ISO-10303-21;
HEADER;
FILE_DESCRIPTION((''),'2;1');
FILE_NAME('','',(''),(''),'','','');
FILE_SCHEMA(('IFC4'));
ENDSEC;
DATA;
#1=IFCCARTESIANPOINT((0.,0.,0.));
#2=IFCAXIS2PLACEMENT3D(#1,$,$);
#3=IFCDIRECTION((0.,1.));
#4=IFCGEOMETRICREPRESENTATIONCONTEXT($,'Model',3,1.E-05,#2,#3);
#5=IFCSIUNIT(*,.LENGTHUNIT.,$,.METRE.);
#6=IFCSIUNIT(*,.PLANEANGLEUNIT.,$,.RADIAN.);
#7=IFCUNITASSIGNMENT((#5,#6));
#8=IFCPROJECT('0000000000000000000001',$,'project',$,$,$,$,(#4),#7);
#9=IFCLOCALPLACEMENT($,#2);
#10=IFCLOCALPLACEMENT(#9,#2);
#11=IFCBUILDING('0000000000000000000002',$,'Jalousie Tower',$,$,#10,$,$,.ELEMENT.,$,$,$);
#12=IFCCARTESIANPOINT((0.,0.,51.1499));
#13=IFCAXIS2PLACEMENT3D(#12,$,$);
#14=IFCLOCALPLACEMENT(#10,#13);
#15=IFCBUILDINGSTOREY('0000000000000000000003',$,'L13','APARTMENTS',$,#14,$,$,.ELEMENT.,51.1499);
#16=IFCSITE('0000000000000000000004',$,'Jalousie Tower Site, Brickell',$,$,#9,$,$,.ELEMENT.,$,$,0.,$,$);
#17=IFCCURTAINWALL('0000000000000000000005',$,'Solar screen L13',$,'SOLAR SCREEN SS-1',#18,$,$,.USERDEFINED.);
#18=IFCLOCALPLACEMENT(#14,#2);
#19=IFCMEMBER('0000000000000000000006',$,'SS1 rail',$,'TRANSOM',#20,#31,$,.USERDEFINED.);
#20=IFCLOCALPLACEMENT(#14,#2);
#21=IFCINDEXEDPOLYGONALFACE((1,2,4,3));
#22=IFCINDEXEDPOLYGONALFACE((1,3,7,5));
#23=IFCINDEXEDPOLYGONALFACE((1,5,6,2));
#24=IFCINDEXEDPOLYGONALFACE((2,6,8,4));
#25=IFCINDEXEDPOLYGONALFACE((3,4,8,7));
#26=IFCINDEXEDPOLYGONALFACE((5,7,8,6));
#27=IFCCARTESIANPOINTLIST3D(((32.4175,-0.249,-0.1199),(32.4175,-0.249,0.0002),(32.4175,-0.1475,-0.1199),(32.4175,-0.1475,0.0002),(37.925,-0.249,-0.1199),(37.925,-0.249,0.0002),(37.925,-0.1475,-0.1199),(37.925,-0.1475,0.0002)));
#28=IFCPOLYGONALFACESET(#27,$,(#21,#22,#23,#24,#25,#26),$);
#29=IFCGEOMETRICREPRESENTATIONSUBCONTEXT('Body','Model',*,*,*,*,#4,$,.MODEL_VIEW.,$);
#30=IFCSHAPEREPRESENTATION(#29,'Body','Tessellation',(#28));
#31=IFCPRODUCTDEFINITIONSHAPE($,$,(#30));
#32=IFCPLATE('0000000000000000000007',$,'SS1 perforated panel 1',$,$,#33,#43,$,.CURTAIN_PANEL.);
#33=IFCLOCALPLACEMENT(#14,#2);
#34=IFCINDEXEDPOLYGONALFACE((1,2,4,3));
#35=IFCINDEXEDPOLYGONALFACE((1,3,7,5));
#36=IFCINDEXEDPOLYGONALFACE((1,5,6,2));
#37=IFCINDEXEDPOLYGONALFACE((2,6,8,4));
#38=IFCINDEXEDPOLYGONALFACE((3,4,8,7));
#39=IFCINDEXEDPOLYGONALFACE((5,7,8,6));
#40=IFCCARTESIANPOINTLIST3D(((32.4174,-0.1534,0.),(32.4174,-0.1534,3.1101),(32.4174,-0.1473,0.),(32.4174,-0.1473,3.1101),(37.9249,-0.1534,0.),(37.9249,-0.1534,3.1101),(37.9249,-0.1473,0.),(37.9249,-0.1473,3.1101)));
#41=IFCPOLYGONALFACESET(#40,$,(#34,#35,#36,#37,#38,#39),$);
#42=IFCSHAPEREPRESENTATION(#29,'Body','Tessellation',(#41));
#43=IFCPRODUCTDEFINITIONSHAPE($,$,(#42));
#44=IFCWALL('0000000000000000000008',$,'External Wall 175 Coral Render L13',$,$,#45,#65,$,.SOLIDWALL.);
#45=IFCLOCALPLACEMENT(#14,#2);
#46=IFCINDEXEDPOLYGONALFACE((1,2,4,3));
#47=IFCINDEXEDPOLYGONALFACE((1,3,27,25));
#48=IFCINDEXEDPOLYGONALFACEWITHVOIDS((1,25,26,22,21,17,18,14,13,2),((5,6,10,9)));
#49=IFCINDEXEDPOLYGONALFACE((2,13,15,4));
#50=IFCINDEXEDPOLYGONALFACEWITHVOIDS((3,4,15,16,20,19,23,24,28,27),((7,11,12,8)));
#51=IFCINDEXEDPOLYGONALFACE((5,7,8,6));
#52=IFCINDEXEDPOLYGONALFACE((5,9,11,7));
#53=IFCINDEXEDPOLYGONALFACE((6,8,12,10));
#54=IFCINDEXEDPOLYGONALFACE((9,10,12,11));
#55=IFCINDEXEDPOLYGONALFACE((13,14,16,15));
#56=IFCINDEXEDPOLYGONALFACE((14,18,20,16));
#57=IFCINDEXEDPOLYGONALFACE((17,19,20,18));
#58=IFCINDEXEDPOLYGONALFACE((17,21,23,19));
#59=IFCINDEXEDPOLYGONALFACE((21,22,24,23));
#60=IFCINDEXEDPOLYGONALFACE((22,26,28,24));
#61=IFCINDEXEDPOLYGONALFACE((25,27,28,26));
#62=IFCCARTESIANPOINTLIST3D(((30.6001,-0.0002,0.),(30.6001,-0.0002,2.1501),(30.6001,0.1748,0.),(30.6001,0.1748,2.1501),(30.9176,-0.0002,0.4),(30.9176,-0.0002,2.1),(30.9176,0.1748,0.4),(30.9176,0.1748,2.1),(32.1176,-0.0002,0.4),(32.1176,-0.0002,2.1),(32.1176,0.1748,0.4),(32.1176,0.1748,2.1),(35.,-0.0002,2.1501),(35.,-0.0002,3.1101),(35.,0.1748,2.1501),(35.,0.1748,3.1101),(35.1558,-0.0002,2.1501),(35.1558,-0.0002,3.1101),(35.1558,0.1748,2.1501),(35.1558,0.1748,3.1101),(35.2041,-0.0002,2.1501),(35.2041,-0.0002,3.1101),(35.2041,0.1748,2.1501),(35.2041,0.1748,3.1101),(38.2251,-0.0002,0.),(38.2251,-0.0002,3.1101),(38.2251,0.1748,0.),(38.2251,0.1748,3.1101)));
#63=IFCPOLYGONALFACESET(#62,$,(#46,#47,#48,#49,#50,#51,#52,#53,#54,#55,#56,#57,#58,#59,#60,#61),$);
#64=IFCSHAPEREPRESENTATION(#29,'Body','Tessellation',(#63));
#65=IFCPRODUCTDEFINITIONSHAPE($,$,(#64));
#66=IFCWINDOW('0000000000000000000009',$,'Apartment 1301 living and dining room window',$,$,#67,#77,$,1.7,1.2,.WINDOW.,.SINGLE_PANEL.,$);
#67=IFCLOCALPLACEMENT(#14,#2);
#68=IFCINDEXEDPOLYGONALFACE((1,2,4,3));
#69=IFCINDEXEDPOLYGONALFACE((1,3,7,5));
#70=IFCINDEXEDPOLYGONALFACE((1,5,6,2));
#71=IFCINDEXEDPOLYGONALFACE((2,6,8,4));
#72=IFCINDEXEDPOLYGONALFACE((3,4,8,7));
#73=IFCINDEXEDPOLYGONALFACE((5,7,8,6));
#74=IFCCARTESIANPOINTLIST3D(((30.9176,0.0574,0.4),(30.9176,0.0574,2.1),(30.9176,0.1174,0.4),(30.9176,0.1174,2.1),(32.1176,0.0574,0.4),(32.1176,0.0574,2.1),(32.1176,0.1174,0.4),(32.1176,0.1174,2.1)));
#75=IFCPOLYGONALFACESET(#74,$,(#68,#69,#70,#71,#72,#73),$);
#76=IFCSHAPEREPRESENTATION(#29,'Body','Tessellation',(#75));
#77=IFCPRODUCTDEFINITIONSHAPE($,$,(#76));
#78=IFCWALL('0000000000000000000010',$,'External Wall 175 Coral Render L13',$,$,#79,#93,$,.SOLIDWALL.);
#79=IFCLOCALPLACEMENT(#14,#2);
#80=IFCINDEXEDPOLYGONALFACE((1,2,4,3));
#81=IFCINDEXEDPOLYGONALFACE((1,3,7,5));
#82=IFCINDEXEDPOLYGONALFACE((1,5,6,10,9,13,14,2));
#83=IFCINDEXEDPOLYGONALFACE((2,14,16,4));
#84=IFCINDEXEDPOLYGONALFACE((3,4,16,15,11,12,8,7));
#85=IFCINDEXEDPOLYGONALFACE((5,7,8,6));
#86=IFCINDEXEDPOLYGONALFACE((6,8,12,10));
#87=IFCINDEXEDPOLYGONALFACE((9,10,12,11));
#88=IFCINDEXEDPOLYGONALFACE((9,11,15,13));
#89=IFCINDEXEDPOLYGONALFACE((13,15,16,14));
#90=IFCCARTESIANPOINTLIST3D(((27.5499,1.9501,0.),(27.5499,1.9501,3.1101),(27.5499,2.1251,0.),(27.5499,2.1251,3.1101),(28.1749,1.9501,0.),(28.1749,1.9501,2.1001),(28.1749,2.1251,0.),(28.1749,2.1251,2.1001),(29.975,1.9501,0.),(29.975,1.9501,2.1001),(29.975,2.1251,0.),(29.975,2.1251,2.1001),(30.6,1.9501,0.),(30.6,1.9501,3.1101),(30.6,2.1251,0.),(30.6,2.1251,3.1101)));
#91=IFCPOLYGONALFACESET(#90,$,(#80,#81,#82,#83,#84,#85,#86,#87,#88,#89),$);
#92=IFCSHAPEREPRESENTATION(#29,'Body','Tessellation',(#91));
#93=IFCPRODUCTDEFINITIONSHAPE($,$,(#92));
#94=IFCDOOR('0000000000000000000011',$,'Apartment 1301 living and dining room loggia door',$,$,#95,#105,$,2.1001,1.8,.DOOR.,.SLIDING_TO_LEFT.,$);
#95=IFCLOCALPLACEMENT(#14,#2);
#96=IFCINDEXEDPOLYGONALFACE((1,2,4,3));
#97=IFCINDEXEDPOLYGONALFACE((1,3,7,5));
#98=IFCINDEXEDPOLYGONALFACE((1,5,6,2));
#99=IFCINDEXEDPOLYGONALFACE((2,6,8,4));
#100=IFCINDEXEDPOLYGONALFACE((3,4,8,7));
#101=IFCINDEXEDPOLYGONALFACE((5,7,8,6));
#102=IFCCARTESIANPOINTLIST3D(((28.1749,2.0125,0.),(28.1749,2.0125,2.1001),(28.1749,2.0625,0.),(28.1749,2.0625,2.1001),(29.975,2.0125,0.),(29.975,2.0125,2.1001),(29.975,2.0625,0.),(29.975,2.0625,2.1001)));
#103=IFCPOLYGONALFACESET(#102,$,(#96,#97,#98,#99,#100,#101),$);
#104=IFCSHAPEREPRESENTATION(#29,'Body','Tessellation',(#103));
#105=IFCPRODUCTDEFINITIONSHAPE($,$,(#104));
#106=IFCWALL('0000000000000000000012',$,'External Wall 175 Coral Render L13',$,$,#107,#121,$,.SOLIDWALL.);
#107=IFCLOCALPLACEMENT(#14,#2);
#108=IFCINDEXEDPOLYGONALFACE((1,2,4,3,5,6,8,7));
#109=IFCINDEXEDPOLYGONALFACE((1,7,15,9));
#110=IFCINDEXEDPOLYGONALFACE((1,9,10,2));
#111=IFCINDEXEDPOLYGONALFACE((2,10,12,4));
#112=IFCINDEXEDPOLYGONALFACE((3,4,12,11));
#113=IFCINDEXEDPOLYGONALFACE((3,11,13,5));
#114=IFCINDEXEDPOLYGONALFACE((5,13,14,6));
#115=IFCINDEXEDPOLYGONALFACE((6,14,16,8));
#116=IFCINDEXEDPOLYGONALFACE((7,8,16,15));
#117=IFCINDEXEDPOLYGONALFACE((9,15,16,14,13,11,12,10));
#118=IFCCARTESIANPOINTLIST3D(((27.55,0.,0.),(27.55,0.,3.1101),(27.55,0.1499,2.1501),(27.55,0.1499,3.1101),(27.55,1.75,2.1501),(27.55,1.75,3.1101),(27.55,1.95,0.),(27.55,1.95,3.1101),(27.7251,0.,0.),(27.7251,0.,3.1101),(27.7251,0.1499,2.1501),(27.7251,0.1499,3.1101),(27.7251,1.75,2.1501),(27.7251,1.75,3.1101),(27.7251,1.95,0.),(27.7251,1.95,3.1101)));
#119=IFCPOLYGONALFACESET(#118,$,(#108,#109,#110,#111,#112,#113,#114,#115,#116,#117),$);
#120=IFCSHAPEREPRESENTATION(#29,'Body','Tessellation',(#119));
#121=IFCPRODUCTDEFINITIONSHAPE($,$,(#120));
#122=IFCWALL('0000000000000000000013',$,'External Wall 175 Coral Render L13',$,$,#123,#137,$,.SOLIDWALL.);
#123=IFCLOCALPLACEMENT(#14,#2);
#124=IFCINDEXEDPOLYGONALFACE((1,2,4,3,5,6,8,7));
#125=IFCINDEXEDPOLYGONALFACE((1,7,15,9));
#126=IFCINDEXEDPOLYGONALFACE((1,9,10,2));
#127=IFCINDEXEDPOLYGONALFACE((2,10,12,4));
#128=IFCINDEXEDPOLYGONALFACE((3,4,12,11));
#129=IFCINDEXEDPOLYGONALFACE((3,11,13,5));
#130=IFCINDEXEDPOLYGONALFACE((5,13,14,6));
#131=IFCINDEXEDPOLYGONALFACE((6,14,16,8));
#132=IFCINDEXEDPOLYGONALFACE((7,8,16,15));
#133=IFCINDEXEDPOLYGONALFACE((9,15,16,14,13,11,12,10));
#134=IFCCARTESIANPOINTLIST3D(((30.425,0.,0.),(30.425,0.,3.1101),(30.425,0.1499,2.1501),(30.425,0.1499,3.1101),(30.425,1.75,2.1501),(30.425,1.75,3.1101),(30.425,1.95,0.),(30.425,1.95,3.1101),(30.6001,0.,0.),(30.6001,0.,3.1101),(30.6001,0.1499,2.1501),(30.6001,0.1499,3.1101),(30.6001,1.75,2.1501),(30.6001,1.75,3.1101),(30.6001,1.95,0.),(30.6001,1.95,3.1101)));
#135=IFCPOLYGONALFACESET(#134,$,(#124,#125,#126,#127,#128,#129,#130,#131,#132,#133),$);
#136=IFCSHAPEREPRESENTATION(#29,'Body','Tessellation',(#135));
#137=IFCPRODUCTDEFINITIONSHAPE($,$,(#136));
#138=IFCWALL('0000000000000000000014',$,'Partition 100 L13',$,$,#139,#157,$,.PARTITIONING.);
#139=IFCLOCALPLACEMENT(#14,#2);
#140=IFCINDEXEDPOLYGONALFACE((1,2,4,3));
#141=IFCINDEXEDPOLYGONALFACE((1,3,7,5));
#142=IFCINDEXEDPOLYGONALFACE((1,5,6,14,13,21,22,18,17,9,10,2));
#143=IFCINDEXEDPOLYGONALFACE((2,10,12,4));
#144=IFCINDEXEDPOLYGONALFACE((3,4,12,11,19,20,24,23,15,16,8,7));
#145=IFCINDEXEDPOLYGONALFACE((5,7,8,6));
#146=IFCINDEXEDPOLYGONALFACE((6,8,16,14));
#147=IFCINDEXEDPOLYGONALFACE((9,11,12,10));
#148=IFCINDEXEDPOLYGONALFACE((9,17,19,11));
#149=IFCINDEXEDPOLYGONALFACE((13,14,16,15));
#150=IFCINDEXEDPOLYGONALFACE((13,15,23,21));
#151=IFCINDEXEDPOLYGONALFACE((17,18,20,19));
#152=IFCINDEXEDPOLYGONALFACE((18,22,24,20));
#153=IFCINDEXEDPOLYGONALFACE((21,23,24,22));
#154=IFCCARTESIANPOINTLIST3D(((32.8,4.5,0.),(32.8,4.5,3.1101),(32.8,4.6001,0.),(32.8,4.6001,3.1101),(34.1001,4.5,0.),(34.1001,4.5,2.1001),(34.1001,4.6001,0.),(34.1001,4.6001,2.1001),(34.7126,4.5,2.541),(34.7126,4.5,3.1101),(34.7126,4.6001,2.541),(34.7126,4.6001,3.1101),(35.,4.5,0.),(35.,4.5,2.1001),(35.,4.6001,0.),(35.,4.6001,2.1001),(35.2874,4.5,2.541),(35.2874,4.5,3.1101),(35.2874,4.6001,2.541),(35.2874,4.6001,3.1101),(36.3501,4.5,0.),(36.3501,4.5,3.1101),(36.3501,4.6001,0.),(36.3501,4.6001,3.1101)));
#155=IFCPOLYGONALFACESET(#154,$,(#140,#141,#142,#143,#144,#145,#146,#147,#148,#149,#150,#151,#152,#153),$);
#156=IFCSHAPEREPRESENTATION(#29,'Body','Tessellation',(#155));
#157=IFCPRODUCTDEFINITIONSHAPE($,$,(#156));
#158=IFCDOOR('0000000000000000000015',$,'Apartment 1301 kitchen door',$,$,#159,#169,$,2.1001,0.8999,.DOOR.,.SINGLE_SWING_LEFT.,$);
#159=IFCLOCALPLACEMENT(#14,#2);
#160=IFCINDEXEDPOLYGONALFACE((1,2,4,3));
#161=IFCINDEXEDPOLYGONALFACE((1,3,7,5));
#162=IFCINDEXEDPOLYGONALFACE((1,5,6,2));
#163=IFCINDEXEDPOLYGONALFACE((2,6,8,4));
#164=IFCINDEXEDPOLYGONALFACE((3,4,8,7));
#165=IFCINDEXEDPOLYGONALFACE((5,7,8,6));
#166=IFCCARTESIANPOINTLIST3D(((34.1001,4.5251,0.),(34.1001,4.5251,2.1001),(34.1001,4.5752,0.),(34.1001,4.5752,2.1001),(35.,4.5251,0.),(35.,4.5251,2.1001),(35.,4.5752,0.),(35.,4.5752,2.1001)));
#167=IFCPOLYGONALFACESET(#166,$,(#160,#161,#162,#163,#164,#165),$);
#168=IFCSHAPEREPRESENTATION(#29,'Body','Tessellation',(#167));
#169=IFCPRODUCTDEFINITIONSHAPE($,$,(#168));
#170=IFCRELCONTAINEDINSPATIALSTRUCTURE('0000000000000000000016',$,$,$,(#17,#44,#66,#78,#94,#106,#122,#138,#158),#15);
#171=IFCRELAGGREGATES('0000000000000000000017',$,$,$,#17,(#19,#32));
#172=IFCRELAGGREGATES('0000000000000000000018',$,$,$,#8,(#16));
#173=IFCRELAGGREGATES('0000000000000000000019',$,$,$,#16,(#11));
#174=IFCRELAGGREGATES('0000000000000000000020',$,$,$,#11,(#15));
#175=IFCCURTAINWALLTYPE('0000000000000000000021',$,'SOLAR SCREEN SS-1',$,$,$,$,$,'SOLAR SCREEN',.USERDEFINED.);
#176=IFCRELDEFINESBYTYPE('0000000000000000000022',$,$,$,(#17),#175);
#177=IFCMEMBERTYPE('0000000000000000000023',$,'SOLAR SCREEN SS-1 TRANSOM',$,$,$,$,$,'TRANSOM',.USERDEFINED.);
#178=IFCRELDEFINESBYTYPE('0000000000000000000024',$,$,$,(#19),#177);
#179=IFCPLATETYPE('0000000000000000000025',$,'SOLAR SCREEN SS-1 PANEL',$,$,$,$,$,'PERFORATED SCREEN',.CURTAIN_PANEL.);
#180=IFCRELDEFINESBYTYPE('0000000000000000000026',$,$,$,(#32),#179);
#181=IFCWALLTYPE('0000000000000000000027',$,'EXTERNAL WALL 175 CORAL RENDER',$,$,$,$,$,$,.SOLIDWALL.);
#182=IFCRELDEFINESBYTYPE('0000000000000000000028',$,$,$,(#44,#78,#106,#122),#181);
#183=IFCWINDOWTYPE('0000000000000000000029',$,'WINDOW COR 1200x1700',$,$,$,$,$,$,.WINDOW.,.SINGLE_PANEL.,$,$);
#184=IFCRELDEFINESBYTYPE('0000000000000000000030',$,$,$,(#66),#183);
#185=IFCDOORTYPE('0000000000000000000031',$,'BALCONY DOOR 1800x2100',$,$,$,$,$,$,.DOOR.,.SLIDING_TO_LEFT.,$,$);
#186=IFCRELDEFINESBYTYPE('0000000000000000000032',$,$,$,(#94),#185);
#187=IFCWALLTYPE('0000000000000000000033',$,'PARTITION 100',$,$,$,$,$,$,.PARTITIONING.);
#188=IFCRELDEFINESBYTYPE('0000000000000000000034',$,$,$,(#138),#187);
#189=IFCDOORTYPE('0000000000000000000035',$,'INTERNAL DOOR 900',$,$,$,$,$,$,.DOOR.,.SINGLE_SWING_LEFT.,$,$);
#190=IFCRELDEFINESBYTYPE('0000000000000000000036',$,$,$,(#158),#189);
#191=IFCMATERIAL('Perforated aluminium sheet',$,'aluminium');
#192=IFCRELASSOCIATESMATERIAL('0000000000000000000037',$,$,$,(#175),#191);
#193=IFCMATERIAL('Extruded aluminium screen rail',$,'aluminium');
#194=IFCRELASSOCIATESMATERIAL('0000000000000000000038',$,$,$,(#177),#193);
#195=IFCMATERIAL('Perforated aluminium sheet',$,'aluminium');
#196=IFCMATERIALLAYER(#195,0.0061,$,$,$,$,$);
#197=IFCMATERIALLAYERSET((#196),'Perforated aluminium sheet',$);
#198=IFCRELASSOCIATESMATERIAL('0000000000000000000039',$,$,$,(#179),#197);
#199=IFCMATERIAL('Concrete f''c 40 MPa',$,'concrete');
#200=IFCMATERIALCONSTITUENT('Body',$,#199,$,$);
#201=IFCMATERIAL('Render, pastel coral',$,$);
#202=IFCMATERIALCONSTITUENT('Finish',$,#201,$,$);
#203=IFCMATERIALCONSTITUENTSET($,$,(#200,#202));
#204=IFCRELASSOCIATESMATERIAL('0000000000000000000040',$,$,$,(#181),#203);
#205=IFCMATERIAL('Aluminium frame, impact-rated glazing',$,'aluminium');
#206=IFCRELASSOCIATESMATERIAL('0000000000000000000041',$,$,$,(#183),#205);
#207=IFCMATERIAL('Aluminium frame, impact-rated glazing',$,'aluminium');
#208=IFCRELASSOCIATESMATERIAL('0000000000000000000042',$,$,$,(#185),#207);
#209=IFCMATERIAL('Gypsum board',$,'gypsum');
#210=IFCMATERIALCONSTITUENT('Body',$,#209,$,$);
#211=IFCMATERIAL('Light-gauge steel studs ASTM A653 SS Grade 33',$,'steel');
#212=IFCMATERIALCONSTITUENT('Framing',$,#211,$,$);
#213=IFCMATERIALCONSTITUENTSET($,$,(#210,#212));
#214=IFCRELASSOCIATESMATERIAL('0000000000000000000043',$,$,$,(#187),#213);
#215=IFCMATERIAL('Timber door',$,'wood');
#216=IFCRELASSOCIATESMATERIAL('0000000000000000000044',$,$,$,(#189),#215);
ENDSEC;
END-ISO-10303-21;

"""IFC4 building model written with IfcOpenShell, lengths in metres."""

from ifc_helpers import new_model, si_unit, direction, frame, frame_2d, origin, origin_2d, place, context, subcontext, project, spatial, polyline, rectangle, outline, extrude, material, layer, layer_set, constituent, constituent_set, material_profile, profile_set, type_object, element, fill, aggregate, save


model = new_model("IFC4")

# Units and contexts
model_context = context("Model", 3, precision=1e-05, world=origin(), true_north=direction((0.0, 1.0)))
body_context = subcontext(model_context, "Body", "Model", "MODEL_VIEW")
ifc_project = project(units=[si_unit("LENGTHUNIT", "METRE"), si_unit("PLANEANGLEUNIT", "RADIAN")], contexts=[model_context])

# Site, building, storey
site_placement = place(None, origin())
site = spatial("IfcSite", under=ifc_project, at=site_placement, Name="Jalousie Tower Site, Brickell", CompositionType="ELEMENT", RefElevation=0.0)
building_placement = place(site_placement, origin())
building = spatial("IfcBuilding", under=site, at=building_placement, Name="Jalousie Tower", CompositionType="ELEMENT")
storey_placement = place(building_placement, frame((0.0, 0.0, 51.1499)))
storey = spatial("IfcBuildingStorey", under=building, at=storey_placement, Name="L13", Description="APARTMENTS", CompositionType="ELEMENT", Elevation=51.1499)

# Shared definitions
ifc_material_1 = material(Name="Perforated aluminium sheet", Category="aluminium")
curtain_wall_type = type_object("IfcCurtainWallType", Name="SOLAR SCREEN SS-1", ElementType="SOLAR SCREEN", PredefinedType="USERDEFINED", material=ifc_material_1)

# Curtain wall, member, plate
curtain_wall_1_placement = place(storey_placement, origin())
curtain_wall_1 = element("IfcCurtainWall", 1, at=curtain_wall_1_placement, inside=storey, type_object=curtain_wall_type, Name="Solar screen L13", ObjectType="SOLAR SCREEN SS-1", PredefinedType="USERDEFINED")
ifc_material_2 = material(Name="Extruded aluminium screen rail", Category="aluminium")
ifc_material_profile_1 = material_profile(ifc_material_2, rectangle(XDim=0.1016, YDim=0.1201, at=origin_2d()), Name="RAIL 102x120")
ifc_profile_set_1 = profile_set([ifc_material_profile_1], Name="Extruded aluminium screen rail")
member_type_1 = type_object("IfcMemberType", Name="SOLAR SCREEN SS-1 TRANSOM", ElementType="TRANSOM", PredefinedType="USERDEFINED", material=ifc_profile_set_1)
member_1_placement = place(storey_placement, frame((32.4175, -0.1982, -0.0598), z_axis=(1.0, 0.0, 0.0), x_axis=(0.0, 1.0, 0.0)))
member_1 = element("IfcMember", 2, at=member_1_placement, type_object=member_type_1, Name="SS1 rail", ObjectType="TRANSOM", PredefinedType="USERDEFINED", context=body_context, shape_type="SweptSolid", body=[
    extrude(rectangle(XDim=0.1016, YDim=0.1201, at=origin_2d()), origin(), (0.0, 0.0, 1.0), 5.5076),
])
ifc_material_3 = material(Name="Perforated aluminium sheet", Category="aluminium")
ifc_layer_1 = layer(ifc_material_3, 0.0061)
ifc_layer_set_1 = layer_set([ifc_layer_1], Name="Perforated aluminium sheet")
plate_type = type_object("IfcPlateType", Name="SOLAR SCREEN SS-1 PANEL", ElementType="PERFORATED SCREEN", PredefinedType="CURTAIN_PANEL", material=ifc_layer_set_1)
plate_placement = place(storey_placement, frame((35.1711, -0.1504, 0.0), z_axis=(0.0, 0.0, 1.0), x_axis=(1.0, 0.0, 0.0)))
plate = element("IfcPlate", 3, at=plate_placement, type_object=plate_type, Name="SS1 perforated panel 1", PredefinedType="CURTAIN_PANEL", context=body_context, shape_type="SweptSolid", body=[
    extrude(rectangle(XDim=5.5076, YDim=0.0061, at=origin_2d()), origin(), (0.0, 0.0, 1.0), 3.1101),
])
aggregate(curtain_wall_1, [member_1, plate])

# Wall, opening, window
ifc_material_4 = material(Name="Concrete f'c 40 MPa", Category="concrete")
ifc_constituent_1 = constituent(ifc_material_4, Name="Body")
ifc_material_5 = material(Name="Render, pastel coral")
ifc_constituent_2 = constituent(ifc_material_5, Name="Finish")
ifc_constituent_set_1 = constituent_set(constituents=[ifc_constituent_1, ifc_constituent_2])
wall_type_1 = type_object("IfcWallType", Name="EXTERNAL WALL 175 CORAL RENDER", PredefinedType="SOLIDWALL", material=ifc_constituent_set_1)
wall_1_placement = place(storey_placement, frame((30.6001, 0.0874, 0.0), z_axis=(0.0, 0.0, 1.0), x_axis=(1.0, 0.0, 0.0)))
wall_1 = element("IfcWall", 4, at=wall_1_placement, inside=storey, type_object=wall_type_1, Name="External Wall 175 Coral Render L13", PredefinedType="SOLIDWALL", context=body_context, shape_type="SweptSolid", body=[
    extrude(outline(polyline([(0.0, 0.0), (7.625, 0.0), (7.625, 3.1101), (4.604, 3.1101), (4.604, 2.1501), (4.5557, 2.1501), (4.5557, 3.1101), (4.3999, 3.1101), (4.3999, 2.1501), (0.0, 2.1501), (0.0, 0.0)])), frame((0.0, 0.0874, 0.0), z_axis=(0.0, -1.0, 0.0), x_axis=(1.0, 0.0, 0.0)), (0.0, 0.0, 1.0), 0.175),
])
opening_1_placement = place(wall_1_placement, frame((0.3174, 0.0, 0.3999)))
opening_1 = element("IfcOpeningElement", 5, at=opening_1_placement, cuts=wall_1, PredefinedType="OPENING", context=body_context, shape_type="SweptSolid", body=[
    extrude(rectangle(XDim=1.2, YDim=1.7, at=frame_2d((0.6001, 0.8501))), frame((0.0, 0.0974, 0.0), z_axis=(0.0, -1.0, 0.0), x_axis=(1.0, 0.0, 0.0)), (0.0, 0.0, 1.0), 0.1951),
])
ifc_material_6 = material(Name="Aluminium frame, impact-rated glazing", Category="aluminium")
window_type = type_object("IfcWindowType", Name="WINDOW COR 1200x1700", PartitioningType="SINGLE_PANEL", PredefinedType="WINDOW", material=ifc_material_6)
window_placement = place(opening_1_placement, origin())
window = element("IfcWindow", 6, at=window_placement, inside=storey, type_object=window_type, Name="Apartment 1301 living and dining room window", OverallHeight=1.7, OverallWidth=1.2, PartitioningType="SINGLE_PANEL", PredefinedType="WINDOW", context=body_context, shape_type="SweptSolid", body=[
    extrude(rectangle(XDim=1.2, YDim=1.7, at=frame_2d((0.6001, 0.8501))), frame((0.0, 0.03, 0.0), z_axis=(0.0, -1.0, 0.0), x_axis=(1.0, 0.0, 0.0)), (0.0, 0.0, 1.0), 0.0601),
])
fill(opening_1, window)

# Wall, opening, door
wall_2_placement = place(storey_placement, frame((27.55, 2.0376, 0.0), z_axis=(0.0, 0.0, 1.0), x_axis=(1.0, 0.0, 0.0)))
wall_2 = element("IfcWall", 7, at=wall_2_placement, inside=storey, type_object=wall_type_1, Name="External Wall 175 Coral Render L13", PredefinedType="SOLIDWALL", context=body_context, shape_type="SweptSolid", body=[
    extrude(rectangle(XDim=3.05, YDim=0.175, at=frame_2d((1.5249, 0.0))), origin(), (0.0, 0.0, 1.0), 3.1101),
])
opening_2_placement = place(wall_2_placement, frame((0.625, 0.0, 0.0)))
opening_2 = element("IfcOpeningElement", 8, at=opening_2_placement, cuts=wall_2, PredefinedType="OPENING", context=body_context, shape_type="SweptSolid", body=[
    extrude(rectangle(XDim=1.8, YDim=2.1001, at=frame_2d((0.8999, 1.05))), frame((0.0, 0.0974, 0.0), z_axis=(0.0, -1.0, 0.0), x_axis=(1.0, 0.0, 0.0)), (0.0, 0.0, 1.0), 0.1951),
])
ifc_material_7 = material(Name="Aluminium frame, impact-rated glazing", Category="aluminium")
door_type_1 = type_object("IfcDoorType", Name="BALCONY DOOR 1800x2100", OperationType="SLIDING_TO_LEFT", PredefinedType="DOOR", material=ifc_material_7)
door_1_placement = place(opening_2_placement, origin())
door_1 = element("IfcDoor", 9, at=door_1_placement, inside=storey, type_object=door_type_1, Name="Apartment 1301 living and dining room loggia door", OperationType="SLIDING_TO_LEFT", OverallHeight=2.1001, OverallWidth=1.8, PredefinedType="DOOR", context=body_context, shape_type="SweptSolid", body=[
    extrude(rectangle(XDim=1.8, YDim=2.1001, at=frame_2d((0.8999, 1.05))), frame((0.0, 0.0249, 0.0), z_axis=(0.0, -1.0, 0.0), x_axis=(1.0, 0.0, 0.0)), (0.0, 0.0, 1.0), 0.05),
])
fill(opening_2, door_1)

# Walls
for number, where, z_axis, x_axis, name in (
    (10, (27.6375, 0.0, 0.0), (0.0, 0.0, 1.0), (0.0, 1.0, 0.0), "External Wall 175 Coral Render L13"),
    (11, (30.5125, 0.0, 0.0), (0.0, 0.0, 1.0), (0.0, 1.0, 0.0), "External Wall 175 Coral Render L13"),
):
    element("IfcWall", number, at=place(storey_placement, frame(where, z_axis=z_axis, x_axis=x_axis)), inside=storey, type_object=wall_type_1, Name=name, PredefinedType="SOLIDWALL", context=body_context, shape_type="SweptSolid", body=[
        extrude(outline(polyline([(0.0, 0.0), (1.95, 0.0), (1.95, 3.1101), (1.75, 3.1101), (1.75, 2.1501), (0.1499, 2.1501), (0.1499, 3.1101), (0.0, 3.1101), (0.0, 0.0)])), frame((0.0, 0.0874, 0.0), z_axis=(0.0, -1.0, 0.0), x_axis=(1.0, 0.0, 0.0)), (0.0, 0.0, 1.0), 0.175),
    ])

# Wall, opening, door
ifc_material_8 = material(Name="Gypsum board", Category="gypsum")
ifc_constituent_3 = constituent(ifc_material_8, Name="Body")
ifc_material_9 = material(Name="Light-gauge steel studs ASTM A653 SS Grade 33", Category="steel")
ifc_constituent_4 = constituent(ifc_material_9, Name="Framing")
ifc_constituent_set_2 = constituent_set(constituents=[ifc_constituent_3, ifc_constituent_4])
wall_type_2 = type_object("IfcWallType", Name="PARTITION 100", PredefinedType="PARTITIONING", material=ifc_constituent_set_2)
wall_3_placement = place(storey_placement, frame((32.8, 4.55, 0.0), z_axis=(0.0, 0.0, 1.0), x_axis=(1.0, 0.0, 0.0)))
wall_3 = element("IfcWall", 12, at=wall_3_placement, inside=storey, type_object=wall_type_2, Name="Partition 100 L13", PredefinedType="PARTITIONING", context=body_context, shape_type="SweptSolid", body=[
    extrude(outline(polyline([(0.0, 0.0), (3.55, 0.0), (3.55, 3.1101), (2.4873, 3.1101), (2.4873, 2.541), (1.9126, 2.541), (1.9126, 3.1101), (0.0, 3.1101), (0.0, 0.0)])), frame((0.0, 0.05, 0.0), z_axis=(0.0, -1.0, 0.0), x_axis=(1.0, 0.0, 0.0)), (0.0, 0.0, 1.0), 0.1001),
])
opening_3_placement = place(wall_3_placement, frame((1.3, 0.0, 0.0)))
opening_3 = element("IfcOpeningElement", 13, at=opening_3_placement, cuts=wall_3, PredefinedType="OPENING", context=body_context, shape_type="SweptSolid", body=[
    extrude(rectangle(XDim=0.8999, YDim=2.1001, at=frame_2d((0.45, 1.05))), frame((0.0, 0.0601, 0.0), z_axis=(0.0, -1.0, 0.0), x_axis=(1.0, 0.0, 0.0)), (0.0, 0.0, 1.0), 0.1201),
])
ifc_material_10 = material(Name="Timber door", Category="wood")
door_type_2 = type_object("IfcDoorType", Name="INTERNAL DOOR 900", OperationType="SINGLE_SWING_LEFT", PredefinedType="DOOR", material=ifc_material_10)
door_2_placement = place(opening_3_placement, frame((0.8999, 0.0, 0.0), z_axis=(0.0, 0.0, 1.0), x_axis=(-1.0, 0.0, 0.0)))
door_2 = element("IfcDoor", 14, at=door_2_placement, inside=storey, type_object=door_type_2, Name="Apartment 1301 kitchen door", OperationType="SINGLE_SWING_LEFT", OverallHeight=2.1001, OverallWidth=0.8999, PredefinedType="DOOR", context=body_context, shape_type="SweptSolid", body=[
    extrude(rectangle(XDim=0.8999, YDim=2.1001, at=frame_2d((0.45, 1.05))), frame((0.0, 0.0249, 0.0), z_axis=(0.0, -1.0, 0.0), x_axis=(1.0, 0.0, 0.0)), (0.0, 0.0, 1.0), 0.05),
])
fill(opening_3, door_2)

save(model, "model.ifc")
